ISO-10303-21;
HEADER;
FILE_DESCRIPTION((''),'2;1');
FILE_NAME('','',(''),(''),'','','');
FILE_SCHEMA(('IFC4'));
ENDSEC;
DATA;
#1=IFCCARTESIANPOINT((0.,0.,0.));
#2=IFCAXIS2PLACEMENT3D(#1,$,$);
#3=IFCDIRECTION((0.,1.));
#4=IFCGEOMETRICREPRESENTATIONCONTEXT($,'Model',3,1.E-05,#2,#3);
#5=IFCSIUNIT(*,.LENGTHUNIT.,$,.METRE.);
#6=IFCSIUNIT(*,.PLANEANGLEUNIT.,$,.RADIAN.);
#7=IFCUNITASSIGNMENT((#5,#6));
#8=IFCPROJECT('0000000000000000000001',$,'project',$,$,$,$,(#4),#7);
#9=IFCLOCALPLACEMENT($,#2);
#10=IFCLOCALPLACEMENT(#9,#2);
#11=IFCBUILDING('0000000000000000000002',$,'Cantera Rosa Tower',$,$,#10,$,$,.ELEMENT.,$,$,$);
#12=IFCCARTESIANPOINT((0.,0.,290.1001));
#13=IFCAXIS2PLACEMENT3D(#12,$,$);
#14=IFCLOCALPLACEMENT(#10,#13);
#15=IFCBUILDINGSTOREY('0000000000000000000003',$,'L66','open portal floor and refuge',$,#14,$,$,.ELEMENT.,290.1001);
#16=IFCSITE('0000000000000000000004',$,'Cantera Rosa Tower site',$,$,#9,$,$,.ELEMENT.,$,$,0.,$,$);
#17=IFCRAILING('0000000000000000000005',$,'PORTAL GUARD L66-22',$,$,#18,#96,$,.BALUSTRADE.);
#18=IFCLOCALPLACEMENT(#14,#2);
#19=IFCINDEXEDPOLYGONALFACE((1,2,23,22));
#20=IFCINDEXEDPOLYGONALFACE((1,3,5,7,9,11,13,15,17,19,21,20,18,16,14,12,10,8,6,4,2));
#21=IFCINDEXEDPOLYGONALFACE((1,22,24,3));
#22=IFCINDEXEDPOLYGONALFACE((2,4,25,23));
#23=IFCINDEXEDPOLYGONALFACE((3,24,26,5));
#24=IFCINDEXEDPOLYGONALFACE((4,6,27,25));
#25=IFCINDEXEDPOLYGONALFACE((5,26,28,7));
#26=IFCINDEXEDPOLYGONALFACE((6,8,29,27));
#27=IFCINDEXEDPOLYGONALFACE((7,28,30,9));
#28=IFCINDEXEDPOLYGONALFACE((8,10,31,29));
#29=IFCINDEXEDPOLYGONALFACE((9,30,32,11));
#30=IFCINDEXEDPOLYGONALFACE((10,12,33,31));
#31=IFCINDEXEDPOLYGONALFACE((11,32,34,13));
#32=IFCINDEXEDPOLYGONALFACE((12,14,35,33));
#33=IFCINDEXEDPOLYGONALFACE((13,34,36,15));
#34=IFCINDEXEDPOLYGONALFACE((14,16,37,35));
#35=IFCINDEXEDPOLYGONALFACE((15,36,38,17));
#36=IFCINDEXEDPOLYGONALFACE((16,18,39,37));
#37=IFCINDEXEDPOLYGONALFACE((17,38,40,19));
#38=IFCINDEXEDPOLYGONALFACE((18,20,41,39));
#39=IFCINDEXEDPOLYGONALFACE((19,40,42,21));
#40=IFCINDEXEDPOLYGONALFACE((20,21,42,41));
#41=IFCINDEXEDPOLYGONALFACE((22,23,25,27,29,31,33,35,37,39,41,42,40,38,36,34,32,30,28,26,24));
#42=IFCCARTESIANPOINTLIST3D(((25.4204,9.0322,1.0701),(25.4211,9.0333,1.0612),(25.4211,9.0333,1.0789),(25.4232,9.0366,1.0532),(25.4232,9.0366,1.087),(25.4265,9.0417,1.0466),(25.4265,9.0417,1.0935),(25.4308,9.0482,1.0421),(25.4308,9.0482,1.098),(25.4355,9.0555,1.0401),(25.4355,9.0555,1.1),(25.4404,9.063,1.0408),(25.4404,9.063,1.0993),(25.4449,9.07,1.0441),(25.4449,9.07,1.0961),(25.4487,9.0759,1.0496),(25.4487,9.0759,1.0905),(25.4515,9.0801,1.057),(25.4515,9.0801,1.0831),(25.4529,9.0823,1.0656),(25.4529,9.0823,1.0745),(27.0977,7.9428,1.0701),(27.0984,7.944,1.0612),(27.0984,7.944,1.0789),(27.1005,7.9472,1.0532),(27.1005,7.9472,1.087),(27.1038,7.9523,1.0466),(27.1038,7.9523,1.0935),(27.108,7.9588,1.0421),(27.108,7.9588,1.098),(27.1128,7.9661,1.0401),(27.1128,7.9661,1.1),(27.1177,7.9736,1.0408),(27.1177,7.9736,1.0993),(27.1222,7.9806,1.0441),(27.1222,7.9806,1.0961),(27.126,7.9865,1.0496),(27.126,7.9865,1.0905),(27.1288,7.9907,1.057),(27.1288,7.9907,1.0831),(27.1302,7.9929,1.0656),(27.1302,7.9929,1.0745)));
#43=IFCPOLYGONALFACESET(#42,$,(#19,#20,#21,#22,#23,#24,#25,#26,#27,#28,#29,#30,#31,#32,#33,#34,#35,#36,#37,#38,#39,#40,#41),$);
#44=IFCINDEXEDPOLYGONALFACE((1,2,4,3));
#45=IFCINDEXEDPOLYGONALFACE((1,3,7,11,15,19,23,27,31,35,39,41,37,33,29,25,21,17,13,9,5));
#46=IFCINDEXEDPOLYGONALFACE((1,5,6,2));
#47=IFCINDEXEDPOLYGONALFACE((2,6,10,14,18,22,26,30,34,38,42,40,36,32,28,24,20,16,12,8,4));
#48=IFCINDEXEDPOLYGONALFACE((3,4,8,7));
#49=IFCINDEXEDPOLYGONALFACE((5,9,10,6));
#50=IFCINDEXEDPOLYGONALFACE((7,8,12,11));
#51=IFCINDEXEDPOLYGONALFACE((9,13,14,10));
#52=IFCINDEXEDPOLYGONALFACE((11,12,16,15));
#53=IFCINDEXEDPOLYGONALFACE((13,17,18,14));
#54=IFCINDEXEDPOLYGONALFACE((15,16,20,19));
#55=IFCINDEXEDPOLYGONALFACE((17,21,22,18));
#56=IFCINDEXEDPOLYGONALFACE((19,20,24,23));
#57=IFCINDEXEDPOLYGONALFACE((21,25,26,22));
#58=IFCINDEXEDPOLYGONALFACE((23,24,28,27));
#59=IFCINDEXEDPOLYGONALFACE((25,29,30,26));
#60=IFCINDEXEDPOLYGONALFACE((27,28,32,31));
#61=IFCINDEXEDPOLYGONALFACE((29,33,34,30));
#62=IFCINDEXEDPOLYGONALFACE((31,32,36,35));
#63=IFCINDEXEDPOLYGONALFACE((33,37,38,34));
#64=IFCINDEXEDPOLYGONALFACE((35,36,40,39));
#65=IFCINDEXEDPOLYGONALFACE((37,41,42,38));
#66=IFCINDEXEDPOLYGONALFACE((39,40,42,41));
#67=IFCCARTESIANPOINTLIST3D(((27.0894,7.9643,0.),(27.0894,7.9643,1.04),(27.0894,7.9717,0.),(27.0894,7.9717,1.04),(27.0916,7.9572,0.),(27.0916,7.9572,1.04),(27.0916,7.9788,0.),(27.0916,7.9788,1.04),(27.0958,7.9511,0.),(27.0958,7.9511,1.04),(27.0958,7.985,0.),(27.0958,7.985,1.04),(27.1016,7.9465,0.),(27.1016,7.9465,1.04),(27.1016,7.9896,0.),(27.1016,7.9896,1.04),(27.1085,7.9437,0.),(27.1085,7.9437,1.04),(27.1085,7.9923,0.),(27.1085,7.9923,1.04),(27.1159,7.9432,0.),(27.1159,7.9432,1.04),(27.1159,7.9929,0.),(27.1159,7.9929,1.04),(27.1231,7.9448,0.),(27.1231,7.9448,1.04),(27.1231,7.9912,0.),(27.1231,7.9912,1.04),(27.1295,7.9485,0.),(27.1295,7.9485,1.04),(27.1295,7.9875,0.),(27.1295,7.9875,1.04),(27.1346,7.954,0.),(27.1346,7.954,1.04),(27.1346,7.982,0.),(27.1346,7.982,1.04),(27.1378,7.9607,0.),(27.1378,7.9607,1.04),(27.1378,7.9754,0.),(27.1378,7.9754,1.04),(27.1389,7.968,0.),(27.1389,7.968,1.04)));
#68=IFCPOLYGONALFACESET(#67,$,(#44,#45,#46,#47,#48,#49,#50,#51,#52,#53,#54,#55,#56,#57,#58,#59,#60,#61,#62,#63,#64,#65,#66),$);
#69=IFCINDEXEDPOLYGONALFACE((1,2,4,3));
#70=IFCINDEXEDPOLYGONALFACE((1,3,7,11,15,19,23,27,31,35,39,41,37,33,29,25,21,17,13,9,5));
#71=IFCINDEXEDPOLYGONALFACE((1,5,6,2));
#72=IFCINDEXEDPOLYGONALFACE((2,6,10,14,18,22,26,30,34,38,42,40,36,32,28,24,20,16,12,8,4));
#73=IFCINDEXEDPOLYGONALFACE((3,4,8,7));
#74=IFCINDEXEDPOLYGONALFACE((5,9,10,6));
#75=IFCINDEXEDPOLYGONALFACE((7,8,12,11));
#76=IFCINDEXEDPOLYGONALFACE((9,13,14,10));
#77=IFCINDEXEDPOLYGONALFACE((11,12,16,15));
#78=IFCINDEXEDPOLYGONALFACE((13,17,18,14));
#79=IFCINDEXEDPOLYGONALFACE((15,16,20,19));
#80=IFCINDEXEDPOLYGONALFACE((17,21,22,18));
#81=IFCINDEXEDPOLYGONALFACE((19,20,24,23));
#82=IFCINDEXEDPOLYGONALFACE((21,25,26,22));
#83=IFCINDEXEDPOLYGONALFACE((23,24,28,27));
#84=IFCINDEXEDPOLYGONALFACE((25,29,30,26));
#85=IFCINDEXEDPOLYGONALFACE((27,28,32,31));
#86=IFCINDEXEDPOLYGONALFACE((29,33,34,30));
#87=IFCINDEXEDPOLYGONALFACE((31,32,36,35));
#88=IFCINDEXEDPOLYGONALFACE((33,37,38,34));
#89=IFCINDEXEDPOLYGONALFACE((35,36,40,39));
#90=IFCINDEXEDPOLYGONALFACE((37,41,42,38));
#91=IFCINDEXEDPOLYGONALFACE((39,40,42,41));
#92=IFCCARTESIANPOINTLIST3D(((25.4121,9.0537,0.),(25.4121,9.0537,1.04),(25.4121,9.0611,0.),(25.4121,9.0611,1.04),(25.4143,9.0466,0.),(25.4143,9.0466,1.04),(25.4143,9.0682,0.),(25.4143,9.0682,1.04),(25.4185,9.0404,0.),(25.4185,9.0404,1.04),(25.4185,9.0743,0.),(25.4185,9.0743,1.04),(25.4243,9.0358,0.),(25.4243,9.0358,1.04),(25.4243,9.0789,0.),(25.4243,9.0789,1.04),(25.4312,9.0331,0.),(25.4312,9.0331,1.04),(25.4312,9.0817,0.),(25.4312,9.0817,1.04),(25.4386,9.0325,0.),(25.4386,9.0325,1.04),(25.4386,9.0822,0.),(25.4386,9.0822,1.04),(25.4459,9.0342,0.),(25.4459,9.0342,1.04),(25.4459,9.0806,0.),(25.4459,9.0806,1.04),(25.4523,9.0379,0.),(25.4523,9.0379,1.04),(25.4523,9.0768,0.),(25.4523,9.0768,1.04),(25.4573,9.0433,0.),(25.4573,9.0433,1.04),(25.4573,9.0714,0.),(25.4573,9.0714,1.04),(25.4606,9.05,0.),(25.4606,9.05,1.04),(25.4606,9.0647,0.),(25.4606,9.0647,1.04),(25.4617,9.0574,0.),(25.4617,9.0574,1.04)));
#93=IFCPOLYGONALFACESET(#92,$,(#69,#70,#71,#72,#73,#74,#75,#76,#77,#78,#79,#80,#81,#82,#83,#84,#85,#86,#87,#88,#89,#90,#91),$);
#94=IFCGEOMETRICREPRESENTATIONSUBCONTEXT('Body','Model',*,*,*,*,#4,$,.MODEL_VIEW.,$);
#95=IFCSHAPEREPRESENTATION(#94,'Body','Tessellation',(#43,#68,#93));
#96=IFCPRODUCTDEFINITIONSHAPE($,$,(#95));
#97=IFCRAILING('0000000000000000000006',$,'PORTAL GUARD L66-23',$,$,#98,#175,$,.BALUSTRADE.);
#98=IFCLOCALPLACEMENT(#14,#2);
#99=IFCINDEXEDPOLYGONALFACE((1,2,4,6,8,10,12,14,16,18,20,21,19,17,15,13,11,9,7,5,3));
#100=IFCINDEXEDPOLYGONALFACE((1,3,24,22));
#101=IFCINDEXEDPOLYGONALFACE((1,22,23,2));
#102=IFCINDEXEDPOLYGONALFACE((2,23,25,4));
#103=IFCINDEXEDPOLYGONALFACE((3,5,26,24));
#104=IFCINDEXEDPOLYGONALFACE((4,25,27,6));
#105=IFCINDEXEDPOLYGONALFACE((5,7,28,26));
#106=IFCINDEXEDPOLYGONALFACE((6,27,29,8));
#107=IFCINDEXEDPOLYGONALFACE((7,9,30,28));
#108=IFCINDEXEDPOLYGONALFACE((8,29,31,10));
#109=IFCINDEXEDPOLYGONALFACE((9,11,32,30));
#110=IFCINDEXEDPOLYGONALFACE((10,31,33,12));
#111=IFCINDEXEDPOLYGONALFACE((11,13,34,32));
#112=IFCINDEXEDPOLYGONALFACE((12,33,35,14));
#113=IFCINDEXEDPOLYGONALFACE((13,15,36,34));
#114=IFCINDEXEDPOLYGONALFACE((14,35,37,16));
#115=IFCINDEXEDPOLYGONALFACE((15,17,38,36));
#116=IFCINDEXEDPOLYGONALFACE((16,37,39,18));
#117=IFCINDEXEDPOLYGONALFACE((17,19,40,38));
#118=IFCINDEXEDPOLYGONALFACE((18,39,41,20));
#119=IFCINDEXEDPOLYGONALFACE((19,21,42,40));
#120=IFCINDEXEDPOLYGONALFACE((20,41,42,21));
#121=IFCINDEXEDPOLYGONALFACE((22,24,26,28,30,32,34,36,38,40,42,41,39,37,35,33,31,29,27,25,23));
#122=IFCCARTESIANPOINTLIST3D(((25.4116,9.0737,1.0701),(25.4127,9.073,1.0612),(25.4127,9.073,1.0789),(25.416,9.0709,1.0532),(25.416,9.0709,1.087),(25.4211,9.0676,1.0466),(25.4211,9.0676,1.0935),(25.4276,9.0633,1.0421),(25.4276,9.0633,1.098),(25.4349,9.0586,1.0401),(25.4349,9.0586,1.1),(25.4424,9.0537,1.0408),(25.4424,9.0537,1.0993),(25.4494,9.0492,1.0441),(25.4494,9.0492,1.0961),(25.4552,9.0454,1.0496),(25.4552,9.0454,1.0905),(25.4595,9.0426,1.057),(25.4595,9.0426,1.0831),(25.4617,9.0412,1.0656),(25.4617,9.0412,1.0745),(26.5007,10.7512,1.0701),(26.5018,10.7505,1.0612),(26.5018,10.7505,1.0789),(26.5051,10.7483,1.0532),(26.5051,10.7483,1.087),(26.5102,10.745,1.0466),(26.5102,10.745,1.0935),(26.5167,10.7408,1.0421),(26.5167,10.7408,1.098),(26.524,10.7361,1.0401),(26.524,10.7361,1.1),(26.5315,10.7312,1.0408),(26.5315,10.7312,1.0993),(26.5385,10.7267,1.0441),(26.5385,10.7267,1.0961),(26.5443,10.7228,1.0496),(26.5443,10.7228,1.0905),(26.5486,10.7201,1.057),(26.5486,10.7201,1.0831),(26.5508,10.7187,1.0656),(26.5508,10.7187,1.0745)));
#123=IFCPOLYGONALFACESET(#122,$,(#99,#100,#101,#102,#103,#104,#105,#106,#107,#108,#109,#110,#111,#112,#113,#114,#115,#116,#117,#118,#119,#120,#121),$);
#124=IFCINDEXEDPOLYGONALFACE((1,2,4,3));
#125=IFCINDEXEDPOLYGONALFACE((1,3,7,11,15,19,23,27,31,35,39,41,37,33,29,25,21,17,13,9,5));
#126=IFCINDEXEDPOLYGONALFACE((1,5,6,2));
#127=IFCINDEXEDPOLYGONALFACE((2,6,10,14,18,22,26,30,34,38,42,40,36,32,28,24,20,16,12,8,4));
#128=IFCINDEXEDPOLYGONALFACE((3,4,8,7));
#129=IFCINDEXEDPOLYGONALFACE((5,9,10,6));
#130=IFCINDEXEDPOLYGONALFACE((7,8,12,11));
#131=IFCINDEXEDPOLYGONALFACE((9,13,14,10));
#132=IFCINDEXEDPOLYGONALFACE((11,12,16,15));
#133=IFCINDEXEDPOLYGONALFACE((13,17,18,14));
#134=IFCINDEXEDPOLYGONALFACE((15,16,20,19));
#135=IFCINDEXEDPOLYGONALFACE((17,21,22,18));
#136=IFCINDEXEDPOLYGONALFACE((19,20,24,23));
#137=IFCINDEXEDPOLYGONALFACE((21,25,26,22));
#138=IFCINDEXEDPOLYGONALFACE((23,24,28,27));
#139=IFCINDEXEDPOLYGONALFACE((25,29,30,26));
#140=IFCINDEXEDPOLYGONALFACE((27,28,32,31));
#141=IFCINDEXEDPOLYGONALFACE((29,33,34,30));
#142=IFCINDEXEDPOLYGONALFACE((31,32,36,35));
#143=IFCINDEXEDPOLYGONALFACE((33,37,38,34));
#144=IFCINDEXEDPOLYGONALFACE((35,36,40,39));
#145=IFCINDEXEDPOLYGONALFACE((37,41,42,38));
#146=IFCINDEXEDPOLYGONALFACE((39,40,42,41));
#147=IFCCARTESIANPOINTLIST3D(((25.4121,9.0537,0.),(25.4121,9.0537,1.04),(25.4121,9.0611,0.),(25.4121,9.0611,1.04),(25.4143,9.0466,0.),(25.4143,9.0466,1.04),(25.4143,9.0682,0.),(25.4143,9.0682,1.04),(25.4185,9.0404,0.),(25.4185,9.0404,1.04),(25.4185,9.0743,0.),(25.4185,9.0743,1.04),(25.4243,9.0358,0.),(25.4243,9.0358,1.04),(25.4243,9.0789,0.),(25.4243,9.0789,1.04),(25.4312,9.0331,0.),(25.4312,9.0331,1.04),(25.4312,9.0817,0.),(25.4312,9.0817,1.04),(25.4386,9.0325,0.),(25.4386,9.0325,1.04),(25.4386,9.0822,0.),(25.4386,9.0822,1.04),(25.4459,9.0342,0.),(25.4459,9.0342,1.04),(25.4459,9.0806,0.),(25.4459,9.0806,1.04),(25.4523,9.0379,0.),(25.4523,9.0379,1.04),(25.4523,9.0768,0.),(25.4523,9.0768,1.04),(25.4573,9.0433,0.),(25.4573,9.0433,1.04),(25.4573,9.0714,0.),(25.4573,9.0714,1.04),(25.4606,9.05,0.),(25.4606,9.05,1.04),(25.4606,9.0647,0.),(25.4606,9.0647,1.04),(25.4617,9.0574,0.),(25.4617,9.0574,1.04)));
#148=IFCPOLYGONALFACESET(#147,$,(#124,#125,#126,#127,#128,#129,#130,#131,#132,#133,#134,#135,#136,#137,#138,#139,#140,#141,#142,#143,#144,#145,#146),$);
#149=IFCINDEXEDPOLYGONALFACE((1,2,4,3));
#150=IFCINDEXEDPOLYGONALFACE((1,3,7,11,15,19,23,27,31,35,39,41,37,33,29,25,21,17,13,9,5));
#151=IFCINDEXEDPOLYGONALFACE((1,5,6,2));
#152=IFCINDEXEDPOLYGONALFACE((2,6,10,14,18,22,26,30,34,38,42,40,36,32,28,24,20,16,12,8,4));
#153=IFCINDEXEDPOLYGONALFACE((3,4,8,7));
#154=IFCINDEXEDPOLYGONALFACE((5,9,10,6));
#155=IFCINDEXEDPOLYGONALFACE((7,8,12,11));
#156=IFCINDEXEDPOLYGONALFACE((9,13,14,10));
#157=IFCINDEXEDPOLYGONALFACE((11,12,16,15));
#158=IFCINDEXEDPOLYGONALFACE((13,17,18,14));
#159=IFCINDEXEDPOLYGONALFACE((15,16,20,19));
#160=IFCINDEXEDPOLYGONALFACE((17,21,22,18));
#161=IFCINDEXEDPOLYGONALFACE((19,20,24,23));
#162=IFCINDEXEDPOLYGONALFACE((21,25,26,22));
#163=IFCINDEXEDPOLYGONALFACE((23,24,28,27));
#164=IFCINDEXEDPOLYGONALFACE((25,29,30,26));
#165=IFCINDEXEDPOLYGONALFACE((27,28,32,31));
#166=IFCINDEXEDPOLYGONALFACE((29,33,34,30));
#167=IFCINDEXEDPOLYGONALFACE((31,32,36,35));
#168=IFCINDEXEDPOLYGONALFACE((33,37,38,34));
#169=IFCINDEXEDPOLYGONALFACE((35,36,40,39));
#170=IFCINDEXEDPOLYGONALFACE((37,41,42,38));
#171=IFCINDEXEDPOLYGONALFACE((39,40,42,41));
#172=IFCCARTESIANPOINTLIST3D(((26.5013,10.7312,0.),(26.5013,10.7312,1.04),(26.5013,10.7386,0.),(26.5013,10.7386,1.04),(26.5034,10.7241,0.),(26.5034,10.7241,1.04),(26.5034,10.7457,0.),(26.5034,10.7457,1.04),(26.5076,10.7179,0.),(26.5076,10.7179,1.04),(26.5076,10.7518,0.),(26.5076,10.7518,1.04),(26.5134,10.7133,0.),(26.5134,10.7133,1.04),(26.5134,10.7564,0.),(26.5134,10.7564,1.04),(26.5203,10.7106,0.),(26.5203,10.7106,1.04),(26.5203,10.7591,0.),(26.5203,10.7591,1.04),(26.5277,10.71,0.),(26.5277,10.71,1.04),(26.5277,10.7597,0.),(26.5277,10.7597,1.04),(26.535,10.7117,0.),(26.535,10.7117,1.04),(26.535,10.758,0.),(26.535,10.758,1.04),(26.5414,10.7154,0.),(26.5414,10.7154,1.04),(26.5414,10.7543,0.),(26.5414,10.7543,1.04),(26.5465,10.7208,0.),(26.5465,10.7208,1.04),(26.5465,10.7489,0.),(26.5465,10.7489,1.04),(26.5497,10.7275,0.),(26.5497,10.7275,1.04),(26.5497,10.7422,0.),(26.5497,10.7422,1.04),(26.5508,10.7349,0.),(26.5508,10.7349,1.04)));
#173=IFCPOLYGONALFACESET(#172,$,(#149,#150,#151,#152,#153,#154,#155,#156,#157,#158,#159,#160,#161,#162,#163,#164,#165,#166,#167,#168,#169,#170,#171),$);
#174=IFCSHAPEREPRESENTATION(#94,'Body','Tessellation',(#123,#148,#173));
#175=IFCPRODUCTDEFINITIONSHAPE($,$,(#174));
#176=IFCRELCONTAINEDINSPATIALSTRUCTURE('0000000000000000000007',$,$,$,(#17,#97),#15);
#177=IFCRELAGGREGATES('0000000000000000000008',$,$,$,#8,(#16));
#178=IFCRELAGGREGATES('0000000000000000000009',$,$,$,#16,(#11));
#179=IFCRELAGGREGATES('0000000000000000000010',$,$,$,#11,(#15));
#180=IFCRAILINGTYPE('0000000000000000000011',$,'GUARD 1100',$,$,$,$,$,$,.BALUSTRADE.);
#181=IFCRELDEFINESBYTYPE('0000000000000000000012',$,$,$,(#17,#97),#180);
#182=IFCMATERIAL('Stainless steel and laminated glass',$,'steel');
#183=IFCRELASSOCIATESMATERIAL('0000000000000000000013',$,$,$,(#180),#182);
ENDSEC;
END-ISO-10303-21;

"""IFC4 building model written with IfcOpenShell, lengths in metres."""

from ifc_helpers import new_model, si_unit, direction, frame, origin, origin_2d, place, context, subcontext, project, spatial, circle, extrude, material, type_object, element, save


model = new_model("IFC4")

# Units and contexts
model_context = context("Model", 3, precision=1e-05, world=origin(), true_north=direction((0.0, 1.0)))
body_context = subcontext(model_context, "Body", "Model", "MODEL_VIEW")
ifc_project = project(units=[si_unit("LENGTHUNIT", "METRE"), si_unit("PLANEANGLEUNIT", "RADIAN")], contexts=[model_context])

# Site, building, storey
site_placement = place(None, origin())
site = spatial("IfcSite", under=ifc_project, at=site_placement, Name="Cantera Rosa Tower site", CompositionType="ELEMENT", RefElevation=0.0)
building_placement = place(site_placement, origin())
building = spatial("IfcBuilding", under=site, at=building_placement, Name="Cantera Rosa Tower", CompositionType="ELEMENT")
storey_placement = place(building_placement, frame((0.0, 0.0, 290.1001)))
storey = spatial("IfcBuildingStorey", under=building, at=storey_placement, Name="L66", Description="open portal floor and refuge", CompositionType="ELEMENT", Elevation=290.1001)

# Railings
ifc_material_1 = material(Name="Stainless steel and laminated glass", Category="steel")
railing_type_1 = type_object("IfcRailingType", Name="GUARD 1100", PredefinedType="BALUSTRADE", material=ifc_material_1)
railing_1_placement = place(storey_placement, frame((27.114, 7.968, 0.0)))
element("IfcRailing", 1, at=railing_1_placement, inside=storey, type_object=railing_type_1, Name="PORTAL GUARD L66-22", PredefinedType="BALUSTRADE", context=body_context, shape_type="SweptSolid", body=[
    extrude(circle(Radius=0.03, at=origin_2d()), frame((0.0, 0.0, 1.0701), z_axis=(-0.838639, 0.544688, 0.0), x_axis=(-0.544688, -0.838639, 0.0)), (0.0, 0.0, 1.0), 2.0),
    extrude(circle(Radius=0.0249, at=origin_2d()), origin(), (0.0, 0.0, 1.0), 1.04),
    extrude(circle(Radius=0.0249, at=origin_2d()), frame((-1.6772, 1.0894, 0.0)), (0.0, 0.0, 1.0), 1.04),
])
railing_2_placement = place(storey_placement, frame((25.4368, 9.0574, 0.0)))
element("IfcRailing", 2, at=railing_2_placement, inside=storey, type_object=railing_type_1, Name="PORTAL GUARD L66-23", PredefinedType="BALUSTRADE", context=body_context, shape_type="SweptSolid", body=[
    extrude(circle(Radius=0.03, at=origin_2d()), frame((0.0, 0.0, 1.0701), z_axis=(0.544546, 0.838731, 0.0), x_axis=(-0.838731, 0.544546, 0.0)), (0.0, 0.0, 1.0), 2.0),
    extrude(circle(Radius=0.0249, at=origin_2d()), origin(), (0.0, 0.0, 1.0), 1.04),
    extrude(circle(Radius=0.0249, at=origin_2d()), frame((1.0891, 1.6775, 0.0)), (0.0, 0.0, 1.0), 1.04),
])

save(model, "model.ifc")
